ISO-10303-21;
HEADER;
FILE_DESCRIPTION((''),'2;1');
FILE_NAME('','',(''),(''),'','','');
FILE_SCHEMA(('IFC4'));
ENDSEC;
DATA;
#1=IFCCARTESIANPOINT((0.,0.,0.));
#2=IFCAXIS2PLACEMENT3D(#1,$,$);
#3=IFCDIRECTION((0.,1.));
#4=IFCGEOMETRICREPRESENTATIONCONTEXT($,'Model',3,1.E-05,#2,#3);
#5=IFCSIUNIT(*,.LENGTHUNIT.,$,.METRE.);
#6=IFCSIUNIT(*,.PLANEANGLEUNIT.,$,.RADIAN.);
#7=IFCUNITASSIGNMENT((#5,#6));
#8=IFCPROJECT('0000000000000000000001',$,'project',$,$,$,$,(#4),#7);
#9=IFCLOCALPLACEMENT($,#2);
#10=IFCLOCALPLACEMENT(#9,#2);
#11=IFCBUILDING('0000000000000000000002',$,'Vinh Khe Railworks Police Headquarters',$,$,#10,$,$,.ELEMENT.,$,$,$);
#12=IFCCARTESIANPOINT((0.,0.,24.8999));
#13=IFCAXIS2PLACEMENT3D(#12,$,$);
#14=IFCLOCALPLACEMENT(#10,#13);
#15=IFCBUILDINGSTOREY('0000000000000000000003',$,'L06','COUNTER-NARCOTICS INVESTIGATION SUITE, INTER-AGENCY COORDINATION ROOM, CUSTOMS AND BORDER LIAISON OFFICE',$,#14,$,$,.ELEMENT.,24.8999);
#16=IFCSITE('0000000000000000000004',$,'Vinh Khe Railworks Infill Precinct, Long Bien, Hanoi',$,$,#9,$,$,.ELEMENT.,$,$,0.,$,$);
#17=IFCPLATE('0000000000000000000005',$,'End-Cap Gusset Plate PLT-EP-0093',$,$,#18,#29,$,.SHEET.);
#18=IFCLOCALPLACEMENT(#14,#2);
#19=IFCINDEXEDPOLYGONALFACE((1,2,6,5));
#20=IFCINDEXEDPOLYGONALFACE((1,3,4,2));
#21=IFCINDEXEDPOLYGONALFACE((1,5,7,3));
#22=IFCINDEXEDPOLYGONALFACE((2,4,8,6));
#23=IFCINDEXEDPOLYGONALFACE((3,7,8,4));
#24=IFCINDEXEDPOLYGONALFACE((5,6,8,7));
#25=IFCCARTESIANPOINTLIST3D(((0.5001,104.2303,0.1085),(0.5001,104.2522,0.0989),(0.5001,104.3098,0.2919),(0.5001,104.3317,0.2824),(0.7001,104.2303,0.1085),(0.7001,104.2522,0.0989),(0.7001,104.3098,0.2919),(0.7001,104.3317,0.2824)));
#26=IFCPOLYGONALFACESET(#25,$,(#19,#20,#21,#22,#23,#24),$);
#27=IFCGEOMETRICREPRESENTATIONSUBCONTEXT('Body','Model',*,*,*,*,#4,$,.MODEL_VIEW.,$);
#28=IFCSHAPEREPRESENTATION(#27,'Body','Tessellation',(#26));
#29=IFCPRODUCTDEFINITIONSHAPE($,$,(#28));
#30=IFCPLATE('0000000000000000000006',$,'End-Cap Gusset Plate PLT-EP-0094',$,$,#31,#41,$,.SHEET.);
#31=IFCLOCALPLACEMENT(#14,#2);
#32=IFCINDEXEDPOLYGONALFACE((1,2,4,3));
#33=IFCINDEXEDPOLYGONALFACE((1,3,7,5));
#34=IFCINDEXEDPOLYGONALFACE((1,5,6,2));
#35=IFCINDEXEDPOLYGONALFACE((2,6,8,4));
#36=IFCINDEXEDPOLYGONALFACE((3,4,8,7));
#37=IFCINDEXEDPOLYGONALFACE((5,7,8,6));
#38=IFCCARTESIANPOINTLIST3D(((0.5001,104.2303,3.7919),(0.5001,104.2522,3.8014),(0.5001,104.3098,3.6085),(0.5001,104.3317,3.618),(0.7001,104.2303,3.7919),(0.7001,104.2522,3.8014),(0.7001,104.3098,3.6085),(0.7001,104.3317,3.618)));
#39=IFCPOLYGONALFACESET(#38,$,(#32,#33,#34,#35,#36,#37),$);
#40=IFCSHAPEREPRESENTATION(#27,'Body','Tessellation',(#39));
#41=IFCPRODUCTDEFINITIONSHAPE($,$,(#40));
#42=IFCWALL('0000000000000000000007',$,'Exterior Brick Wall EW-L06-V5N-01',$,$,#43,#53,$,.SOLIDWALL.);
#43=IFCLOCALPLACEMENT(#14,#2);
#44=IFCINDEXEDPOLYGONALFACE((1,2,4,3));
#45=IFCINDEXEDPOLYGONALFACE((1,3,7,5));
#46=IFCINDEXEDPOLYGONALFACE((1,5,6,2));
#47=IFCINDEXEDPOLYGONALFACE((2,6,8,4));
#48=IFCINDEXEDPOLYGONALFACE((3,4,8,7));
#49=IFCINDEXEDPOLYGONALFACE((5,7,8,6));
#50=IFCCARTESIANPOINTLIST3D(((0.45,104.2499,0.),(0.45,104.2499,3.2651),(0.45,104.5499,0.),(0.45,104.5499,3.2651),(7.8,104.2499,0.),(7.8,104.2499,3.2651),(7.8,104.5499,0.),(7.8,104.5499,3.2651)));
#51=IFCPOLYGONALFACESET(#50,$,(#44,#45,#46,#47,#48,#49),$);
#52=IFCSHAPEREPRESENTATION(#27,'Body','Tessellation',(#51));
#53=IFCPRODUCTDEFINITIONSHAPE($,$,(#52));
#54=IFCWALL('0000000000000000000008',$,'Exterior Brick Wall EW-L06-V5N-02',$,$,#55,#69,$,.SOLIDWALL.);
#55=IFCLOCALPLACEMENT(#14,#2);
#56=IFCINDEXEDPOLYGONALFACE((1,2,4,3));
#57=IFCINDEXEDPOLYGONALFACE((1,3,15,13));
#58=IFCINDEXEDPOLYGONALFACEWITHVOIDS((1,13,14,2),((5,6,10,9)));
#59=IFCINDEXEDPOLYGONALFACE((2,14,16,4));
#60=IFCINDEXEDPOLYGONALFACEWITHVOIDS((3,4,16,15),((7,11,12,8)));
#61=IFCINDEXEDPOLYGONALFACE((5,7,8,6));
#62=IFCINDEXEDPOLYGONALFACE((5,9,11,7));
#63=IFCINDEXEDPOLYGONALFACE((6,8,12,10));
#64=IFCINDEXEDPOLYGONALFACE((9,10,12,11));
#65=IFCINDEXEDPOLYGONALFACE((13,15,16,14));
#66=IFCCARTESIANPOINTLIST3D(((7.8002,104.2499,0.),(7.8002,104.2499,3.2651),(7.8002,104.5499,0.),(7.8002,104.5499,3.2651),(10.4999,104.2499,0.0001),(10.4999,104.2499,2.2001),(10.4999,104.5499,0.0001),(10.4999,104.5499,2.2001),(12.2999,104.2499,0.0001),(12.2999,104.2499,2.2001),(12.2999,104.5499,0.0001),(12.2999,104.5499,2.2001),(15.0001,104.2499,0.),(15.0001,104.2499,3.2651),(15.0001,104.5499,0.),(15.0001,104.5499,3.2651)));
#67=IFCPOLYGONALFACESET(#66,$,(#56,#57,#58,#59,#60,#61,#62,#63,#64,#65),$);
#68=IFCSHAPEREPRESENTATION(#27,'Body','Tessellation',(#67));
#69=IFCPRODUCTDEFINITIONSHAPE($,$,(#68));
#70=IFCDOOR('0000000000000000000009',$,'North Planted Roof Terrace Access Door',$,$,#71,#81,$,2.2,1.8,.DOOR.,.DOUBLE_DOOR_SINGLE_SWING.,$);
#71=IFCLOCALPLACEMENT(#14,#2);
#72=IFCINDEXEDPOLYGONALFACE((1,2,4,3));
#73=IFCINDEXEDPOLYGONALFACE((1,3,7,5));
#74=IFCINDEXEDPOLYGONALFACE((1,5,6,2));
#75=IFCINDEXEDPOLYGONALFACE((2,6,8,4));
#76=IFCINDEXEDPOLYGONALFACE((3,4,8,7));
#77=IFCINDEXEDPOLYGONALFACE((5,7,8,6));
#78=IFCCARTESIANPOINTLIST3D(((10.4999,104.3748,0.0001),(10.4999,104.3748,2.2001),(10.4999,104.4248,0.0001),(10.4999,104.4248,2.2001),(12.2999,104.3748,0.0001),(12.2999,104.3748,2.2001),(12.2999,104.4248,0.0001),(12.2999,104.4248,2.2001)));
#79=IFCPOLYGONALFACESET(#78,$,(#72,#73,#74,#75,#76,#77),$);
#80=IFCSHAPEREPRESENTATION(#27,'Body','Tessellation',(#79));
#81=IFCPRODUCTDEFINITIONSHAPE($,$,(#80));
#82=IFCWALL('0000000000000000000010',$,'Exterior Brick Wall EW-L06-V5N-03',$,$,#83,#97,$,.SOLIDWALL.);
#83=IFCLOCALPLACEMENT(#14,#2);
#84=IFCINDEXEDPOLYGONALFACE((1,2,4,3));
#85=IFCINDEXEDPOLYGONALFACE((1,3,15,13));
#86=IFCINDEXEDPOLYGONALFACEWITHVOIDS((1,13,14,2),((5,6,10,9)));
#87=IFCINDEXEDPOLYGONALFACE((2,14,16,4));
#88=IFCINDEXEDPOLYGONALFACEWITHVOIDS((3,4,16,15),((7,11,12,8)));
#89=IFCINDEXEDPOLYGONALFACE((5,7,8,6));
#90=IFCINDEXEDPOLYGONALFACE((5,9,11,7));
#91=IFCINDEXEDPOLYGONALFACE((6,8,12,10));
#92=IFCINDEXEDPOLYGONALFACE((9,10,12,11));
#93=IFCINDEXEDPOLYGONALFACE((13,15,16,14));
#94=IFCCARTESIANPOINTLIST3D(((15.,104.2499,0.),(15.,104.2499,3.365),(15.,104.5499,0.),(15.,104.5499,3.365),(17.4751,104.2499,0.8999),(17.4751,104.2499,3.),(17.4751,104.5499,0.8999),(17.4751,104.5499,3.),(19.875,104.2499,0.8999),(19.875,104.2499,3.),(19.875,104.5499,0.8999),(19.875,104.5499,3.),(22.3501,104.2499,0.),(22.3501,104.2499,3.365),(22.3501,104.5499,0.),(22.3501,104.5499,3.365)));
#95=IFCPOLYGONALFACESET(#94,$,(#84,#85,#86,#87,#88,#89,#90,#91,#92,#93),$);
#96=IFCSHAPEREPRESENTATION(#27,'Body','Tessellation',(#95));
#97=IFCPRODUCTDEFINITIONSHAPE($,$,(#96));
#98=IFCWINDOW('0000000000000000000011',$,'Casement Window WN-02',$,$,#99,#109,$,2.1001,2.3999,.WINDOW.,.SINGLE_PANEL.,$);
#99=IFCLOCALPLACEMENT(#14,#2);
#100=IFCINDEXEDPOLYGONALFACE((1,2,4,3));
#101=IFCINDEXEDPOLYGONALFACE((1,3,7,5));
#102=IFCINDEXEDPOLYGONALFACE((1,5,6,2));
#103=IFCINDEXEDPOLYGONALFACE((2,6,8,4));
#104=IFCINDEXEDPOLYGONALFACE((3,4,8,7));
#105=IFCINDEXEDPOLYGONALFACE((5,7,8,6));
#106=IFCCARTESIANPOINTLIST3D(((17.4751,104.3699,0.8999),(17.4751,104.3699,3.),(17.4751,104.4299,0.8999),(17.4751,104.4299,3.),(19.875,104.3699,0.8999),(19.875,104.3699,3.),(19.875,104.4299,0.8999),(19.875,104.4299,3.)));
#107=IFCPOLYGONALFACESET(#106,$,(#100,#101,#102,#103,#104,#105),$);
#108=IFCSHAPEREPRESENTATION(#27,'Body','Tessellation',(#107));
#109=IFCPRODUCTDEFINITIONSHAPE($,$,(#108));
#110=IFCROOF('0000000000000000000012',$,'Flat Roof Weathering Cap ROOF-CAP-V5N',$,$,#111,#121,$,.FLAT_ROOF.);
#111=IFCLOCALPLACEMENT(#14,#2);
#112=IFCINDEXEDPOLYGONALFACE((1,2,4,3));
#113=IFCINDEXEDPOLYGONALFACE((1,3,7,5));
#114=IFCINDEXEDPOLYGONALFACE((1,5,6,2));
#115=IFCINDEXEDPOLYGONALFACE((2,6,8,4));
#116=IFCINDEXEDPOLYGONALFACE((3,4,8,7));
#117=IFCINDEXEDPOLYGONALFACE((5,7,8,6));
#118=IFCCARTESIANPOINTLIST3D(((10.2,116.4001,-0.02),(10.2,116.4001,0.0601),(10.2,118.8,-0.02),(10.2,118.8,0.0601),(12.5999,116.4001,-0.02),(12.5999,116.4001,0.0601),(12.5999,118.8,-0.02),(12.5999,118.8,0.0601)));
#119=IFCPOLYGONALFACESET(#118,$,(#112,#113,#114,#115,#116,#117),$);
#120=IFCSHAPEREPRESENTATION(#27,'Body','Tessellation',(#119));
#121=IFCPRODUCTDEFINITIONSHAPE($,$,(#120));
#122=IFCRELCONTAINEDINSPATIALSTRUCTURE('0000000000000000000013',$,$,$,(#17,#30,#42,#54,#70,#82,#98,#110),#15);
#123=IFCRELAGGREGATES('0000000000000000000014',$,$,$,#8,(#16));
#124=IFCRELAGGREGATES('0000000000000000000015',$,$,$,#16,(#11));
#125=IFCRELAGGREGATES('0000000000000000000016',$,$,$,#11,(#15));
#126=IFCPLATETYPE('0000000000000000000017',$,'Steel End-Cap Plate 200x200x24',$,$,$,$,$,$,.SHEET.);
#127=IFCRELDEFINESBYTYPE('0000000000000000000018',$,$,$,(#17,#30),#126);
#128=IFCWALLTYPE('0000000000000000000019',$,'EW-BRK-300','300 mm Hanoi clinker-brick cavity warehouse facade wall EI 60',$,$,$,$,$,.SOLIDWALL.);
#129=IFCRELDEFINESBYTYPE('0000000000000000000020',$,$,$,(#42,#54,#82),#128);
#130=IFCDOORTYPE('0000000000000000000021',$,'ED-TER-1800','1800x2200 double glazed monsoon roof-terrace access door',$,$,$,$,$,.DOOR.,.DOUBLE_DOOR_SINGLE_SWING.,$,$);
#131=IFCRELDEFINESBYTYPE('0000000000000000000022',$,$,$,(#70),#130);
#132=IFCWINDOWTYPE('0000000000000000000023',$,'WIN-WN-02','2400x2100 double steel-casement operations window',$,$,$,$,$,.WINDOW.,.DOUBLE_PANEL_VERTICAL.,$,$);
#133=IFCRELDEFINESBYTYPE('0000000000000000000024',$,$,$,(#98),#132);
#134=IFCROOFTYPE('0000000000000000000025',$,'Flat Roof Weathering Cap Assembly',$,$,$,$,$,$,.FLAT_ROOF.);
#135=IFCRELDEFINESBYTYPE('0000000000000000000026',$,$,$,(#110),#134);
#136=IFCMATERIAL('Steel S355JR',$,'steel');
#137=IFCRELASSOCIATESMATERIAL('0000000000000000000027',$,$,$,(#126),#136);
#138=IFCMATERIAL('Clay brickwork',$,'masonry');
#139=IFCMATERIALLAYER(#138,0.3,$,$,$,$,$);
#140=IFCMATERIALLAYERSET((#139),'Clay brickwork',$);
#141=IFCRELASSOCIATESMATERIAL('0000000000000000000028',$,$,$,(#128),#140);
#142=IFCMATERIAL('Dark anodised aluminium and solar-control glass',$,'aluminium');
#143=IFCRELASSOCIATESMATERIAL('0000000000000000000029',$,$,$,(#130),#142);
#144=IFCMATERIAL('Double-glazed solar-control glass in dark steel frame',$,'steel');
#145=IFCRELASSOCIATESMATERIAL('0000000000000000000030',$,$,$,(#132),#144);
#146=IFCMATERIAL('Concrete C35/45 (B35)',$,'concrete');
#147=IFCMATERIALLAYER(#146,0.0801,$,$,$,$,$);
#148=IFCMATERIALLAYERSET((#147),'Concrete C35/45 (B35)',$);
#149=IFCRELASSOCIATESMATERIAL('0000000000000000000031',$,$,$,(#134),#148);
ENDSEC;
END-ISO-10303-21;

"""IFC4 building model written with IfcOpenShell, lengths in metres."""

from ifc_helpers import new_model, si_unit, direction, frame, frame_2d, origin, origin_2d, place, context, subcontext, project, spatial, rectangle, extrude, material, layer, layer_set, material_profile, profile_set, type_object, element, fill, save


model = new_model("IFC4")

# Units and contexts
model_context = context("Model", 3, precision=1e-05, world=origin(), true_north=direction((0.0, 1.0)))
body_context = subcontext(model_context, "Body", "Model", "MODEL_VIEW")
ifc_project = project(units=[si_unit("LENGTHUNIT", "METRE"), si_unit("PLANEANGLEUNIT", "RADIAN")], contexts=[model_context])

# Site, building, storey
site_placement = place(None, origin())
site = spatial("IfcSite", under=ifc_project, at=site_placement, Name="Vinh Khe Railworks Infill Precinct, Long Bien, Hanoi", CompositionType="ELEMENT", RefElevation=0.0)
building_placement = place(site_placement, origin())
building = spatial("IfcBuilding", under=site, at=building_placement, Name="Vinh Khe Railworks Police Headquarters", CompositionType="ELEMENT")
storey_placement = place(building_placement, frame((0.0, 0.0, 24.8999)))
storey = spatial("IfcBuildingStorey", under=building, at=storey_placement, Name="L06", Description="COUNTER-NARCOTICS INVESTIGATION SUITE, INTER-AGENCY COORDINATION ROOM, CUSTOMS AND BORDER LIAISON OFFICE", CompositionType="ELEMENT", Elevation=24.8999)

# Shared definitions
ifc_material_1 = material(Name="Steel S355JR", Category="steel")

# Plates
ifc_material_profile_1 = material_profile(ifc_material_1, rectangle(XDim=0.2, YDim=0.2, at=origin_2d()), Name="PL 200x200")
ifc_profile_set_1 = profile_set([ifc_material_profile_1], Name="Steel S355JR")
plate_type = type_object("IfcPlateType", Name="Steel End-Cap Plate 200x200x24", PredefinedType="SHEET", material=ifc_profile_set_1)
for number, where, z_axis, x_axis, name in (
    (1, (0.6001, 104.27, 0.2002), (0.0, 0.917556, -0.397607), (-1.0, 0.0, 0.0), "End-Cap Gusset Plate PLT-EP-0093"),
    (2, (0.6001, 104.27, 3.7002), (0.0, 0.917556, 0.397607), (-1.0, 0.0, 0.0), "End-Cap Gusset Plate PLT-EP-0094"),
):
    element("IfcPlate", number, at=place(storey_placement, frame(where, z_axis=z_axis, x_axis=x_axis)), inside=storey, type_object=plate_type, Name=name, PredefinedType="SHEET", context=body_context, shape_type="SweptSolid", body=[
        extrude(rectangle(XDim=0.2, YDim=0.2, at=origin_2d()), origin(), (0.0, 0.0, 1.0), 0.0239),
    ])

# Wall
ifc_material_2 = material(Name="Clay brickwork", Category="masonry")
ifc_layer_1 = layer(ifc_material_2, 0.3)
ifc_layer_set_1 = layer_set([ifc_layer_1], Name="Clay brickwork")
wall_type = type_object("IfcWallType", Name="EW-BRK-300", Description="300 mm Hanoi clinker-brick cavity warehouse facade wall EI 60", PredefinedType="SOLIDWALL", material=ifc_layer_set_1)
wall_1_placement = place(storey_placement, frame((0.45, 104.3999, 0.0), z_axis=(0.0, 0.0, 1.0), x_axis=(1.0, 0.0, 0.0)))
element("IfcWall", 3, at=wall_1_placement, inside=storey, type_object=wall_type, Name="Exterior Brick Wall EW-L06-V5N-01", PredefinedType="SOLIDWALL", context=body_context, shape_type="SweptSolid", body=[
    extrude(rectangle(XDim=7.3501, YDim=0.3, at=frame_2d((3.675, 0.0))), origin(), (0.0, 0.0, 1.0), 3.2651),
])

# Wall, opening, door
wall_2_placement = place(storey_placement, frame((7.8, 104.3999, 0.0), z_axis=(0.0, 0.0, 1.0), x_axis=(1.0, 0.0, 0.0)))
wall_2 = element("IfcWall", 4, at=wall_2_placement, inside=storey, type_object=wall_type, Name="Exterior Brick Wall EW-L06-V5N-02", PredefinedType="SOLIDWALL", context=body_context, shape_type="SweptSolid", body=[
    extrude(rectangle(XDim=7.2, YDim=0.3, at=frame_2d((3.6001, 0.0))), origin(), (0.0, 0.0, 1.0), 3.2651),
])
opening_1_placement = place(wall_2_placement, frame((2.7, 0.0, 0.0)))
opening_1 = element("IfcOpeningElement", 5, at=opening_1_placement, cuts=wall_2, PredefinedType="OPENING", context=body_context, shape_type="SweptSolid", body=[
    extrude(rectangle(XDim=1.8, YDim=2.2, at=frame_2d((0.8999, 1.1001))), frame((0.0, 0.165, 0.0), z_axis=(0.0, -1.0, 0.0), x_axis=(1.0, 0.0, 0.0)), (0.0, 0.0, 1.0), 0.3298),
])
ifc_material_3 = material(Name="Dark anodised aluminium and solar-control glass", Category="aluminium")
door_type = type_object("IfcDoorType", Name="ED-TER-1800", Description="1800x2200 double glazed monsoon roof-terrace access door", OperationType="DOUBLE_DOOR_SINGLE_SWING", PredefinedType="DOOR", material=ifc_material_3)
door_placement = place(opening_1_placement, origin())
door = element("IfcDoor", 6, at=door_placement, inside=storey, type_object=door_type, Name="North Planted Roof Terrace Access Door", OperationType="DOUBLE_DOOR_SINGLE_SWING", OverallHeight=2.2, OverallWidth=1.8, PredefinedType="DOOR", context=body_context, shape_type="SweptSolid", body=[
    extrude(rectangle(XDim=1.8, YDim=2.2, at=frame_2d((0.8999, 1.1001))), frame((0.0, 0.0249, 0.0), z_axis=(0.0, -1.0, 0.0), x_axis=(1.0, 0.0, 0.0)), (0.0, 0.0, 1.0), 0.05),
])
fill(opening_1, door)

# Wall, opening, window
wall_3_placement = place(storey_placement, frame((15.0, 104.3999, 0.0), z_axis=(0.0, 0.0, 1.0), x_axis=(1.0, 0.0, 0.0)))
wall_3 = element("IfcWall", 7, at=wall_3_placement, inside=storey, type_object=wall_type, Name="Exterior Brick Wall EW-L06-V5N-03", PredefinedType="SOLIDWALL", context=body_context, shape_type="SweptSolid", body=[
    extrude(rectangle(XDim=7.3501, YDim=0.3, at=frame_2d((3.675, 0.0))), origin(), (0.0, 0.0, 1.0), 3.365),
])
opening_2_placement = place(wall_3_placement, frame((2.4751, 0.0, 0.8999)))
opening_2 = element("IfcOpeningElement", 8, at=opening_2_placement, cuts=wall_3, PredefinedType="OPENING", context=body_context, shape_type="SweptSolid", body=[
    extrude(rectangle(XDim=2.3999, YDim=2.1001, at=frame_2d((1.2, 1.05))), frame((0.0, 0.165, 0.0), z_axis=(0.0, -1.0, 0.0), x_axis=(1.0, 0.0, 0.0)), (0.0, 0.0, 1.0), 0.3298),
])
ifc_material_4 = material(Name="Double-glazed solar-control glass in dark steel frame", Category="steel")
window_type = type_object("IfcWindowType", Name="WIN-WN-02", Description="2400x2100 double steel-casement operations window", PartitioningType="DOUBLE_PANEL_VERTICAL", PredefinedType="WINDOW", material=ifc_material_4)
window_placement = place(opening_2_placement, origin())
window = element("IfcWindow", 9, at=window_placement, inside=storey, type_object=window_type, Name="Casement Window WN-02", OverallHeight=2.1001, OverallWidth=2.3999, PartitioningType="SINGLE_PANEL", PredefinedType="WINDOW", context=body_context, shape_type="SweptSolid", body=[
    extrude(rectangle(XDim=2.3999, YDim=2.1001, at=frame_2d((1.2, 1.05))), frame((0.0, 0.03, 0.0), z_axis=(0.0, -1.0, 0.0), x_axis=(1.0, 0.0, 0.0)), (0.0, 0.0, 1.0), 0.0601),
])
fill(opening_2, window)

# Roof
ifc_material_5 = material(Name="Concrete C35/45 (B35)", Category="concrete")
ifc_layer_2 = layer(ifc_material_5, 0.0801)
ifc_layer_set_2 = layer_set([ifc_layer_2], Name="Concrete C35/45 (B35)")
roof_type = type_object("IfcRoofType", Name="Flat Roof Weathering Cap Assembly", PredefinedType="FLAT_ROOF", material=ifc_layer_set_2)
roof_placement = place(storey_placement, frame((11.3999, 117.6001, -0.02), z_axis=(0.0, 0.0, 1.0), x_axis=(1.0, 0.0, 0.0)))
element("IfcRoof", 10, at=roof_placement, inside=storey, type_object=roof_type, Name="Flat Roof Weathering Cap ROOF-CAP-V5N", PredefinedType="FLAT_ROOF", context=body_context, shape_type="SweptSolid", body=[
    extrude(rectangle(XDim=2.3999, YDim=2.3999, at=origin_2d()), origin(), (0.0, 0.0, 1.0), 0.0801),
])

save(model, "model.ifc")
